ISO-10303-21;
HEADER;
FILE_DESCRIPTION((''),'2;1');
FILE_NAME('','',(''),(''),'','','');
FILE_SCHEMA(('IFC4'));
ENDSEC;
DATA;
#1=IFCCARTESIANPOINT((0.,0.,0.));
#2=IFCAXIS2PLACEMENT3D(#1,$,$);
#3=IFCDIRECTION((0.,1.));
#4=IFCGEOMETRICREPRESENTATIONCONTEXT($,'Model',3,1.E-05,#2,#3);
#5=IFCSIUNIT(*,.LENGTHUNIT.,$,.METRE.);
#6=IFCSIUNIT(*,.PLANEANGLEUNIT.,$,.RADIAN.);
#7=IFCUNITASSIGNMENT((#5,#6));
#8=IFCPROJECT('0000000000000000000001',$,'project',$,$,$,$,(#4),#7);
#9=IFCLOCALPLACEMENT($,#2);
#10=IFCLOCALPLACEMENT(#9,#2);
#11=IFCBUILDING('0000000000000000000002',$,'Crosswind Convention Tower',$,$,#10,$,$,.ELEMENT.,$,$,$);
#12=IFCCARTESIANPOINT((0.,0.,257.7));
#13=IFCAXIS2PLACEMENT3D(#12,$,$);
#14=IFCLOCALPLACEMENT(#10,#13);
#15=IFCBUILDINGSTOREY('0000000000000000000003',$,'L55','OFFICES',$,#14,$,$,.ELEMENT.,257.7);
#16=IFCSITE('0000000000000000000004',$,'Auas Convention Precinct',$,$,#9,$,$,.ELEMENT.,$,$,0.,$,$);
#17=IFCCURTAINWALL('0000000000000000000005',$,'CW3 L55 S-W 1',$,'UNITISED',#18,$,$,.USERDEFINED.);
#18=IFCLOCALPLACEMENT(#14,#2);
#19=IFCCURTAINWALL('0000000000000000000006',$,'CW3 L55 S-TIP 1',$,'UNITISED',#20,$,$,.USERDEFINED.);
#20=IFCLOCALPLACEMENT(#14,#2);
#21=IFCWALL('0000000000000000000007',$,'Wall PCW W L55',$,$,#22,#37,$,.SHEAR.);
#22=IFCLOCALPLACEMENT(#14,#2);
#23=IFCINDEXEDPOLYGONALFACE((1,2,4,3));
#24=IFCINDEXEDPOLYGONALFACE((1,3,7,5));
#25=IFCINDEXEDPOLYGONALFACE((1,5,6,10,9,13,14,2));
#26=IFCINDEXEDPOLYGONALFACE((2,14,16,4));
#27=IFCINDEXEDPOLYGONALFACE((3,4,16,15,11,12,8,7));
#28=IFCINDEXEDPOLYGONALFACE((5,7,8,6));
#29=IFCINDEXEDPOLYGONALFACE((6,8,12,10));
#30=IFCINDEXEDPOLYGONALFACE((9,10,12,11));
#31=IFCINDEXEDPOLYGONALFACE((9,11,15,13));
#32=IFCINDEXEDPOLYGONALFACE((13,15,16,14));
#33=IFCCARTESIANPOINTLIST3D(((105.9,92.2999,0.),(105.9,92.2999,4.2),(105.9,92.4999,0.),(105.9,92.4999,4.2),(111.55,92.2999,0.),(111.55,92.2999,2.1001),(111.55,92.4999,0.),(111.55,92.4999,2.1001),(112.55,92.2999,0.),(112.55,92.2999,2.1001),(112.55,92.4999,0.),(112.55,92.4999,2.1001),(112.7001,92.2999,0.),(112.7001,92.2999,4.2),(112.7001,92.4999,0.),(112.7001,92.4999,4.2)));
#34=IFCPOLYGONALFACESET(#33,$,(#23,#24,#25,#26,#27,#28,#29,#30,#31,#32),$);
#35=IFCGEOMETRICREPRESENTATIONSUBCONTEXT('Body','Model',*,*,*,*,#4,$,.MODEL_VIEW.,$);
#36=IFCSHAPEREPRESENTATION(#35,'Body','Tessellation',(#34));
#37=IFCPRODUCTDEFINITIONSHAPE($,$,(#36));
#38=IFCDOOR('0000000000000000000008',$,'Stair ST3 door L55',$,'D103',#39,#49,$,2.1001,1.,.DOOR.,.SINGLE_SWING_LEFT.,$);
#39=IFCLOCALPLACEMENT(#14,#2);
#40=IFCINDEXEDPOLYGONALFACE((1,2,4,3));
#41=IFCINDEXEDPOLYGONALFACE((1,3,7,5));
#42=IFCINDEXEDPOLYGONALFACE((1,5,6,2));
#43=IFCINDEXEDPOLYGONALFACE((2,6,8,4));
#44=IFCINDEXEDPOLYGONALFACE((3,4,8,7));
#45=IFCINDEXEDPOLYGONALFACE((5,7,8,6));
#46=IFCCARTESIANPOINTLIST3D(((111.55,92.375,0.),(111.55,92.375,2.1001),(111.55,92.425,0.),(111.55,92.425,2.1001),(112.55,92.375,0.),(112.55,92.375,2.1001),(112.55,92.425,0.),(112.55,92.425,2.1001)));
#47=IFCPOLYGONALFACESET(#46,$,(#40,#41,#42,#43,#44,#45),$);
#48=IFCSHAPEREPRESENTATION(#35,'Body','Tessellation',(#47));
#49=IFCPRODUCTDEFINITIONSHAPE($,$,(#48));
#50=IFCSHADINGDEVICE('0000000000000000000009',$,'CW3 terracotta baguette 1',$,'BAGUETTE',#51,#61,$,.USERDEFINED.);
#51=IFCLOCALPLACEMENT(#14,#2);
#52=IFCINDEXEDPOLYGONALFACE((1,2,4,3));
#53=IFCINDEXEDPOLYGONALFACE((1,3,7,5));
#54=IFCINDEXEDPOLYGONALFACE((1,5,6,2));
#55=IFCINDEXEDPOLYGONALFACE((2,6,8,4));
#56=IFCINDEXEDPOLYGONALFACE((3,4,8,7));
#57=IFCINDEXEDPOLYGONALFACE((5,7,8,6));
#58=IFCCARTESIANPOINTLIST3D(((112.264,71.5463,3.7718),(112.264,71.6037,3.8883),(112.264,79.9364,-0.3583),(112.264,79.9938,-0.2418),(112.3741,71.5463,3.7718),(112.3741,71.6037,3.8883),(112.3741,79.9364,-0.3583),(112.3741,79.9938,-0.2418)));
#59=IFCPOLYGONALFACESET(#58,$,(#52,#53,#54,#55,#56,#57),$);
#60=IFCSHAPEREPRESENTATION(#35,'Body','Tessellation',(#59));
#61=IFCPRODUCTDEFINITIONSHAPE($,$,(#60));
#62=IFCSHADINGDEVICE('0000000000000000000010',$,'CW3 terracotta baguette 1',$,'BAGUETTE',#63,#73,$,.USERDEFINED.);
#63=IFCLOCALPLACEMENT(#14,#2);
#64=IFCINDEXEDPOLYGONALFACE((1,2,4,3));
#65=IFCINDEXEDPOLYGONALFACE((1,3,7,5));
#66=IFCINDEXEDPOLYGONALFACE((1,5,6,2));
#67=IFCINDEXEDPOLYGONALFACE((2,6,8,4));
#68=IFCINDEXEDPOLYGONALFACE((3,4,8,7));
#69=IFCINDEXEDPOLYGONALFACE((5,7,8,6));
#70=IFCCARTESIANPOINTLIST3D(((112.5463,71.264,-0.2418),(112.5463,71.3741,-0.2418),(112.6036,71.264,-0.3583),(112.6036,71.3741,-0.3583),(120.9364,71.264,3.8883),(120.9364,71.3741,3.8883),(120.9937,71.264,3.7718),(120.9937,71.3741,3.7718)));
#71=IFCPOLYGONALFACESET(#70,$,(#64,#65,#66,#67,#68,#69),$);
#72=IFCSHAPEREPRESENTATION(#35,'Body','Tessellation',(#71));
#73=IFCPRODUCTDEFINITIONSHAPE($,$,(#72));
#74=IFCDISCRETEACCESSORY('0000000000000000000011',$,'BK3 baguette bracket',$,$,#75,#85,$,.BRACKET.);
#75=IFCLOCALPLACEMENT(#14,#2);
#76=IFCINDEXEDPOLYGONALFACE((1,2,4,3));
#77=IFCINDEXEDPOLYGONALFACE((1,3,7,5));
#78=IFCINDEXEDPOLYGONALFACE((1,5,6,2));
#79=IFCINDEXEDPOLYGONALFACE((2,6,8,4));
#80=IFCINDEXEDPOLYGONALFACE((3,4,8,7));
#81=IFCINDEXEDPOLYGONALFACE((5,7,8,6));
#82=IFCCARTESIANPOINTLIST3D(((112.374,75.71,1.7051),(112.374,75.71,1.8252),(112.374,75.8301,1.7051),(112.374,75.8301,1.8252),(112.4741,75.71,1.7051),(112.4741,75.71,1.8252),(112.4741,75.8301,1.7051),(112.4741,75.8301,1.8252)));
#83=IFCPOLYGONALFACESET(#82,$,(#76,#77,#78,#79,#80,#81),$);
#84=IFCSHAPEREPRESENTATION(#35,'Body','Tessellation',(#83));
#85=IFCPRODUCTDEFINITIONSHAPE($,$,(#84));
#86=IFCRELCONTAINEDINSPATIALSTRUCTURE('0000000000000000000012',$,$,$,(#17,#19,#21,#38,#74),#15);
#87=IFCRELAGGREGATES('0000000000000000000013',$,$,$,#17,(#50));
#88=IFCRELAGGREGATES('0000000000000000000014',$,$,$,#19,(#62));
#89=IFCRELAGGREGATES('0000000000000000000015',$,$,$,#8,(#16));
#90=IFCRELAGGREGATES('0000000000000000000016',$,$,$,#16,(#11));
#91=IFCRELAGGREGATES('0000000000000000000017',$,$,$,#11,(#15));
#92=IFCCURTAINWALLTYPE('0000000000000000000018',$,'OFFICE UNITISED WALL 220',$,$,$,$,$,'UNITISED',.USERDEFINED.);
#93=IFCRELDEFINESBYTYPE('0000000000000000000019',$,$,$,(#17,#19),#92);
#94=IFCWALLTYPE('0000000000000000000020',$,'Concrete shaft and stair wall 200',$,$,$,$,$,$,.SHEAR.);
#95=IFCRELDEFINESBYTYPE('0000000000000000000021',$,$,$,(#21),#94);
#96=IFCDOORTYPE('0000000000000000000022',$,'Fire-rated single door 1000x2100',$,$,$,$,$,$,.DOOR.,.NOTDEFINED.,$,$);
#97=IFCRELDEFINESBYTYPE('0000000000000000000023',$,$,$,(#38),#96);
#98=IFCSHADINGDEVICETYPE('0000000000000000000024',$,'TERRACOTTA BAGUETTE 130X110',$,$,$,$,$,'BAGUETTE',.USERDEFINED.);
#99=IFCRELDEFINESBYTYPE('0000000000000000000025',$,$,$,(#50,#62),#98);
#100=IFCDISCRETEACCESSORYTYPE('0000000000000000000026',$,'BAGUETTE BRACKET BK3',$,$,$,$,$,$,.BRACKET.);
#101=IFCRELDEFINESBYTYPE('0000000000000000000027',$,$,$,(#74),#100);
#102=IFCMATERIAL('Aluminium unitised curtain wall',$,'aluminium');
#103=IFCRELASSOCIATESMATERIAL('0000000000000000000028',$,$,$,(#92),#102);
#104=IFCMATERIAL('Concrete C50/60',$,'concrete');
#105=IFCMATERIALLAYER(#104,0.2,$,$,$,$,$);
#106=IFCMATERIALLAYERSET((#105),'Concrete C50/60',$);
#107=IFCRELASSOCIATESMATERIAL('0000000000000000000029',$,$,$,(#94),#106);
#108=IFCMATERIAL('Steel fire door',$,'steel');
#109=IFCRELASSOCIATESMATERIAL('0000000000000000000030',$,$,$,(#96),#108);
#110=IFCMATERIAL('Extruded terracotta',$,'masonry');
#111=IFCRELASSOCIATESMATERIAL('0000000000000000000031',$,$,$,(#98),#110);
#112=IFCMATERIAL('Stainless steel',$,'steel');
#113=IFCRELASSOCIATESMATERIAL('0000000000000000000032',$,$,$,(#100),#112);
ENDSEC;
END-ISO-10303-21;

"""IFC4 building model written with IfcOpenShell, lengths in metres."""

from ifc_helpers import new_model, si_unit, direction, frame, frame_2d, origin, origin_2d, place, context, subcontext, project, spatial, rectangle, extrude, material, layer, layer_set, material_profile, profile_set, type_object, element, fill, aggregate, save


model = new_model("IFC4")

# Units and contexts
model_context = context("Model", 3, precision=1e-05, world=origin(), true_north=direction((0.0, 1.0)))
body_context = subcontext(model_context, "Body", "Model", "MODEL_VIEW")
ifc_project = project(units=[si_unit("LENGTHUNIT", "METRE"), si_unit("PLANEANGLEUNIT", "RADIAN")], contexts=[model_context])

# Site, building, storey
site_placement = place(None, origin())
site = spatial("IfcSite", under=ifc_project, at=site_placement, Name="Auas Convention Precinct", CompositionType="ELEMENT", RefElevation=0.0)
building_placement = place(site_placement, origin())
building = spatial("IfcBuilding", under=site, at=building_placement, Name="Crosswind Convention Tower", CompositionType="ELEMENT")
storey_placement = place(building_placement, frame((0.0, 0.0, 257.7)))
storey = spatial("IfcBuildingStorey", under=building, at=storey_placement, Name="L55", Description="OFFICES", CompositionType="ELEMENT", Elevation=257.7)

# Curtain wall
ifc_material_1 = material(Name="Aluminium unitised curtain wall", Category="aluminium")
curtain_wall_type_1 = type_object("IfcCurtainWallType", Name="OFFICE UNITISED WALL 220", ElementType="UNITISED", PredefinedType="USERDEFINED", material=ifc_material_1)
curtain_wall_1_placement = place(storey_placement, origin())
curtain_wall_1 = element("IfcCurtainWall", 1, at=curtain_wall_1_placement, inside=storey, type_object=curtain_wall_type_1, Name="CW3 L55 S-W 1", ObjectType="UNITISED", PredefinedType="USERDEFINED")

# Curtain wall
curtain_wall_2_placement = place(storey_placement, origin())
curtain_wall_2 = element("IfcCurtainWall", 2, at=curtain_wall_2_placement, inside=storey, type_object=curtain_wall_type_1, Name="CW3 L55 S-TIP 1", ObjectType="UNITISED", PredefinedType="USERDEFINED")

# Wall, opening, door
ifc_material_2 = material(Name="Concrete C50/60", Category="concrete")
ifc_layer_1 = layer(ifc_material_2, 0.2)
ifc_layer_set_1 = layer_set([ifc_layer_1], Name="Concrete C50/60")
wall_type = type_object("IfcWallType", Name="Concrete shaft and stair wall 200", PredefinedType="SHEAR", material=ifc_layer_set_1)
ifc_material_3 = material(Name="Steel fire door", Category="steel")
wall_1_placement = place(storey_placement, frame((112.7, 92.3999, 0.0), z_axis=(0.0, 0.0, 1.0), x_axis=(-1.0, 0.0, 0.0)))
wall_1 = element("IfcWall", 3, at=wall_1_placement, inside=storey, type_object=wall_type, Name="Wall PCW W L55", PredefinedType="SHEAR", context=body_context, shape_type="SweptSolid", body=[
    extrude(rectangle(XDim=6.8, YDim=0.2, at=frame_2d((3.3999, 0.0))), origin(), (0.0, 0.0, 1.0), 4.2),
])
opening_1_placement = place(wall_1_placement, frame((0.1499, 0.0, 0.0)))
opening_1 = element("IfcOpeningElement", 4, at=opening_1_placement, cuts=wall_1, PredefinedType="OPENING", context=body_context, shape_type="SweptSolid", body=[
    extrude(rectangle(XDim=1.0, YDim=2.1001, at=frame_2d((0.5, 1.05))), frame((0.0, 0.1099, 0.0), z_axis=(0.0, -1.0, 0.0), x_axis=(1.0, 0.0, 0.0)), (0.0, 0.0, 1.0), 0.22),
])
door_type_1 = type_object("IfcDoorType", Name="Fire-rated single door 1000x2100", OperationType="NOTDEFINED", PredefinedType="DOOR", material=ifc_material_3)
door_1_placement = place(opening_1_placement, origin())
door_1 = element("IfcDoor", 5, at=door_1_placement, inside=storey, type_object=door_type_1, Name="Stair ST3 door L55", ObjectType="D103", OperationType="SINGLE_SWING_LEFT", OverallHeight=2.1001, OverallWidth=1.0, PredefinedType="DOOR", context=body_context, shape_type="SweptSolid", body=[
    extrude(rectangle(XDim=1.0, YDim=2.1001, at=frame_2d((0.5, 1.05))), frame((0.0, 0.0249, 0.0), z_axis=(0.0, -1.0, 0.0), x_axis=(1.0, 0.0, 0.0)), (0.0, 0.0, 1.0), 0.05),
])
fill(opening_1, door_1)

# Shading devices
ifc_material_4 = material(Name="Extruded terracotta", Category="masonry")
ifc_material_profile_1 = material_profile(ifc_material_4, rectangle(XDim=0.1101, YDim=0.1299, at=origin_2d()), Name="TC 110X130")
ifc_profile_set_1 = profile_set([ifc_material_profile_1], Name="Extruded terracotta")
shading_device_type = type_object("IfcShadingDeviceType", Name="TERRACOTTA BAGUETTE 130X110", ElementType="BAGUETTE", PredefinedType="USERDEFINED", material=ifc_profile_set_1)
shading_device_1_placement = place(storey_placement, frame((112.3191, 79.9651, -0.3), z_axis=(0.0, -0.897188, 0.441649), x_axis=(1.0, 0.0, 0.0)))
shading_device_1 = element("IfcShadingDevice", 6, at=shading_device_1_placement, type_object=shading_device_type, Name="CW3 terracotta baguette 1", ObjectType="BAGUETTE", PredefinedType="USERDEFINED", context=body_context, shape_type="SweptSolid", body=[
    extrude(rectangle(XDim=0.1101, YDim=0.1299, at=origin_2d()), origin(), (0.0, 0.0, 1.0), 9.3516),
])
aggregate(curtain_wall_1, [shading_device_1])
shading_device_2_placement = place(storey_placement, frame((112.575, 71.3191, -0.3), z_axis=(0.897188, 0.0, 0.441649), x_axis=(0.0, 1.0, 0.0)))
shading_device_2 = element("IfcShadingDevice", 7, at=shading_device_2_placement, type_object=shading_device_type, Name="CW3 terracotta baguette 1", ObjectType="BAGUETTE", PredefinedType="USERDEFINED", context=body_context, shape_type="SweptSolid", body=[
    extrude(rectangle(XDim=0.1101, YDim=0.1299, at=origin_2d()), origin(), (0.0, 0.0, 1.0), 9.3516),
])
aggregate(curtain_wall_2, [shading_device_2])

# Discrete accessory
ifc_material_5 = material(Name="Stainless steel", Category="steel")
discrete_accessory_type = type_object("IfcDiscreteAccessoryType", Name="BAGUETTE BRACKET BK3", PredefinedType="BRACKET", material=ifc_material_5)
discrete_accessory_placement = place(storey_placement, frame((112.4241, 75.77, 1.7051), z_axis=(0.0, 0.0, 1.0), x_axis=(0.0, -1.0, 0.0)))
element("IfcDiscreteAccessory", 8, at=discrete_accessory_placement, inside=storey, type_object=discrete_accessory_type, Name="BK3 baguette bracket", PredefinedType="BRACKET", context=body_context, shape_type="SweptSolid", body=[
    extrude(rectangle(XDim=0.1201, YDim=0.1001, at=origin_2d()), origin(), (0.0, 0.0, 1.0), 0.1201),
])

save(model, "model.ifc")
